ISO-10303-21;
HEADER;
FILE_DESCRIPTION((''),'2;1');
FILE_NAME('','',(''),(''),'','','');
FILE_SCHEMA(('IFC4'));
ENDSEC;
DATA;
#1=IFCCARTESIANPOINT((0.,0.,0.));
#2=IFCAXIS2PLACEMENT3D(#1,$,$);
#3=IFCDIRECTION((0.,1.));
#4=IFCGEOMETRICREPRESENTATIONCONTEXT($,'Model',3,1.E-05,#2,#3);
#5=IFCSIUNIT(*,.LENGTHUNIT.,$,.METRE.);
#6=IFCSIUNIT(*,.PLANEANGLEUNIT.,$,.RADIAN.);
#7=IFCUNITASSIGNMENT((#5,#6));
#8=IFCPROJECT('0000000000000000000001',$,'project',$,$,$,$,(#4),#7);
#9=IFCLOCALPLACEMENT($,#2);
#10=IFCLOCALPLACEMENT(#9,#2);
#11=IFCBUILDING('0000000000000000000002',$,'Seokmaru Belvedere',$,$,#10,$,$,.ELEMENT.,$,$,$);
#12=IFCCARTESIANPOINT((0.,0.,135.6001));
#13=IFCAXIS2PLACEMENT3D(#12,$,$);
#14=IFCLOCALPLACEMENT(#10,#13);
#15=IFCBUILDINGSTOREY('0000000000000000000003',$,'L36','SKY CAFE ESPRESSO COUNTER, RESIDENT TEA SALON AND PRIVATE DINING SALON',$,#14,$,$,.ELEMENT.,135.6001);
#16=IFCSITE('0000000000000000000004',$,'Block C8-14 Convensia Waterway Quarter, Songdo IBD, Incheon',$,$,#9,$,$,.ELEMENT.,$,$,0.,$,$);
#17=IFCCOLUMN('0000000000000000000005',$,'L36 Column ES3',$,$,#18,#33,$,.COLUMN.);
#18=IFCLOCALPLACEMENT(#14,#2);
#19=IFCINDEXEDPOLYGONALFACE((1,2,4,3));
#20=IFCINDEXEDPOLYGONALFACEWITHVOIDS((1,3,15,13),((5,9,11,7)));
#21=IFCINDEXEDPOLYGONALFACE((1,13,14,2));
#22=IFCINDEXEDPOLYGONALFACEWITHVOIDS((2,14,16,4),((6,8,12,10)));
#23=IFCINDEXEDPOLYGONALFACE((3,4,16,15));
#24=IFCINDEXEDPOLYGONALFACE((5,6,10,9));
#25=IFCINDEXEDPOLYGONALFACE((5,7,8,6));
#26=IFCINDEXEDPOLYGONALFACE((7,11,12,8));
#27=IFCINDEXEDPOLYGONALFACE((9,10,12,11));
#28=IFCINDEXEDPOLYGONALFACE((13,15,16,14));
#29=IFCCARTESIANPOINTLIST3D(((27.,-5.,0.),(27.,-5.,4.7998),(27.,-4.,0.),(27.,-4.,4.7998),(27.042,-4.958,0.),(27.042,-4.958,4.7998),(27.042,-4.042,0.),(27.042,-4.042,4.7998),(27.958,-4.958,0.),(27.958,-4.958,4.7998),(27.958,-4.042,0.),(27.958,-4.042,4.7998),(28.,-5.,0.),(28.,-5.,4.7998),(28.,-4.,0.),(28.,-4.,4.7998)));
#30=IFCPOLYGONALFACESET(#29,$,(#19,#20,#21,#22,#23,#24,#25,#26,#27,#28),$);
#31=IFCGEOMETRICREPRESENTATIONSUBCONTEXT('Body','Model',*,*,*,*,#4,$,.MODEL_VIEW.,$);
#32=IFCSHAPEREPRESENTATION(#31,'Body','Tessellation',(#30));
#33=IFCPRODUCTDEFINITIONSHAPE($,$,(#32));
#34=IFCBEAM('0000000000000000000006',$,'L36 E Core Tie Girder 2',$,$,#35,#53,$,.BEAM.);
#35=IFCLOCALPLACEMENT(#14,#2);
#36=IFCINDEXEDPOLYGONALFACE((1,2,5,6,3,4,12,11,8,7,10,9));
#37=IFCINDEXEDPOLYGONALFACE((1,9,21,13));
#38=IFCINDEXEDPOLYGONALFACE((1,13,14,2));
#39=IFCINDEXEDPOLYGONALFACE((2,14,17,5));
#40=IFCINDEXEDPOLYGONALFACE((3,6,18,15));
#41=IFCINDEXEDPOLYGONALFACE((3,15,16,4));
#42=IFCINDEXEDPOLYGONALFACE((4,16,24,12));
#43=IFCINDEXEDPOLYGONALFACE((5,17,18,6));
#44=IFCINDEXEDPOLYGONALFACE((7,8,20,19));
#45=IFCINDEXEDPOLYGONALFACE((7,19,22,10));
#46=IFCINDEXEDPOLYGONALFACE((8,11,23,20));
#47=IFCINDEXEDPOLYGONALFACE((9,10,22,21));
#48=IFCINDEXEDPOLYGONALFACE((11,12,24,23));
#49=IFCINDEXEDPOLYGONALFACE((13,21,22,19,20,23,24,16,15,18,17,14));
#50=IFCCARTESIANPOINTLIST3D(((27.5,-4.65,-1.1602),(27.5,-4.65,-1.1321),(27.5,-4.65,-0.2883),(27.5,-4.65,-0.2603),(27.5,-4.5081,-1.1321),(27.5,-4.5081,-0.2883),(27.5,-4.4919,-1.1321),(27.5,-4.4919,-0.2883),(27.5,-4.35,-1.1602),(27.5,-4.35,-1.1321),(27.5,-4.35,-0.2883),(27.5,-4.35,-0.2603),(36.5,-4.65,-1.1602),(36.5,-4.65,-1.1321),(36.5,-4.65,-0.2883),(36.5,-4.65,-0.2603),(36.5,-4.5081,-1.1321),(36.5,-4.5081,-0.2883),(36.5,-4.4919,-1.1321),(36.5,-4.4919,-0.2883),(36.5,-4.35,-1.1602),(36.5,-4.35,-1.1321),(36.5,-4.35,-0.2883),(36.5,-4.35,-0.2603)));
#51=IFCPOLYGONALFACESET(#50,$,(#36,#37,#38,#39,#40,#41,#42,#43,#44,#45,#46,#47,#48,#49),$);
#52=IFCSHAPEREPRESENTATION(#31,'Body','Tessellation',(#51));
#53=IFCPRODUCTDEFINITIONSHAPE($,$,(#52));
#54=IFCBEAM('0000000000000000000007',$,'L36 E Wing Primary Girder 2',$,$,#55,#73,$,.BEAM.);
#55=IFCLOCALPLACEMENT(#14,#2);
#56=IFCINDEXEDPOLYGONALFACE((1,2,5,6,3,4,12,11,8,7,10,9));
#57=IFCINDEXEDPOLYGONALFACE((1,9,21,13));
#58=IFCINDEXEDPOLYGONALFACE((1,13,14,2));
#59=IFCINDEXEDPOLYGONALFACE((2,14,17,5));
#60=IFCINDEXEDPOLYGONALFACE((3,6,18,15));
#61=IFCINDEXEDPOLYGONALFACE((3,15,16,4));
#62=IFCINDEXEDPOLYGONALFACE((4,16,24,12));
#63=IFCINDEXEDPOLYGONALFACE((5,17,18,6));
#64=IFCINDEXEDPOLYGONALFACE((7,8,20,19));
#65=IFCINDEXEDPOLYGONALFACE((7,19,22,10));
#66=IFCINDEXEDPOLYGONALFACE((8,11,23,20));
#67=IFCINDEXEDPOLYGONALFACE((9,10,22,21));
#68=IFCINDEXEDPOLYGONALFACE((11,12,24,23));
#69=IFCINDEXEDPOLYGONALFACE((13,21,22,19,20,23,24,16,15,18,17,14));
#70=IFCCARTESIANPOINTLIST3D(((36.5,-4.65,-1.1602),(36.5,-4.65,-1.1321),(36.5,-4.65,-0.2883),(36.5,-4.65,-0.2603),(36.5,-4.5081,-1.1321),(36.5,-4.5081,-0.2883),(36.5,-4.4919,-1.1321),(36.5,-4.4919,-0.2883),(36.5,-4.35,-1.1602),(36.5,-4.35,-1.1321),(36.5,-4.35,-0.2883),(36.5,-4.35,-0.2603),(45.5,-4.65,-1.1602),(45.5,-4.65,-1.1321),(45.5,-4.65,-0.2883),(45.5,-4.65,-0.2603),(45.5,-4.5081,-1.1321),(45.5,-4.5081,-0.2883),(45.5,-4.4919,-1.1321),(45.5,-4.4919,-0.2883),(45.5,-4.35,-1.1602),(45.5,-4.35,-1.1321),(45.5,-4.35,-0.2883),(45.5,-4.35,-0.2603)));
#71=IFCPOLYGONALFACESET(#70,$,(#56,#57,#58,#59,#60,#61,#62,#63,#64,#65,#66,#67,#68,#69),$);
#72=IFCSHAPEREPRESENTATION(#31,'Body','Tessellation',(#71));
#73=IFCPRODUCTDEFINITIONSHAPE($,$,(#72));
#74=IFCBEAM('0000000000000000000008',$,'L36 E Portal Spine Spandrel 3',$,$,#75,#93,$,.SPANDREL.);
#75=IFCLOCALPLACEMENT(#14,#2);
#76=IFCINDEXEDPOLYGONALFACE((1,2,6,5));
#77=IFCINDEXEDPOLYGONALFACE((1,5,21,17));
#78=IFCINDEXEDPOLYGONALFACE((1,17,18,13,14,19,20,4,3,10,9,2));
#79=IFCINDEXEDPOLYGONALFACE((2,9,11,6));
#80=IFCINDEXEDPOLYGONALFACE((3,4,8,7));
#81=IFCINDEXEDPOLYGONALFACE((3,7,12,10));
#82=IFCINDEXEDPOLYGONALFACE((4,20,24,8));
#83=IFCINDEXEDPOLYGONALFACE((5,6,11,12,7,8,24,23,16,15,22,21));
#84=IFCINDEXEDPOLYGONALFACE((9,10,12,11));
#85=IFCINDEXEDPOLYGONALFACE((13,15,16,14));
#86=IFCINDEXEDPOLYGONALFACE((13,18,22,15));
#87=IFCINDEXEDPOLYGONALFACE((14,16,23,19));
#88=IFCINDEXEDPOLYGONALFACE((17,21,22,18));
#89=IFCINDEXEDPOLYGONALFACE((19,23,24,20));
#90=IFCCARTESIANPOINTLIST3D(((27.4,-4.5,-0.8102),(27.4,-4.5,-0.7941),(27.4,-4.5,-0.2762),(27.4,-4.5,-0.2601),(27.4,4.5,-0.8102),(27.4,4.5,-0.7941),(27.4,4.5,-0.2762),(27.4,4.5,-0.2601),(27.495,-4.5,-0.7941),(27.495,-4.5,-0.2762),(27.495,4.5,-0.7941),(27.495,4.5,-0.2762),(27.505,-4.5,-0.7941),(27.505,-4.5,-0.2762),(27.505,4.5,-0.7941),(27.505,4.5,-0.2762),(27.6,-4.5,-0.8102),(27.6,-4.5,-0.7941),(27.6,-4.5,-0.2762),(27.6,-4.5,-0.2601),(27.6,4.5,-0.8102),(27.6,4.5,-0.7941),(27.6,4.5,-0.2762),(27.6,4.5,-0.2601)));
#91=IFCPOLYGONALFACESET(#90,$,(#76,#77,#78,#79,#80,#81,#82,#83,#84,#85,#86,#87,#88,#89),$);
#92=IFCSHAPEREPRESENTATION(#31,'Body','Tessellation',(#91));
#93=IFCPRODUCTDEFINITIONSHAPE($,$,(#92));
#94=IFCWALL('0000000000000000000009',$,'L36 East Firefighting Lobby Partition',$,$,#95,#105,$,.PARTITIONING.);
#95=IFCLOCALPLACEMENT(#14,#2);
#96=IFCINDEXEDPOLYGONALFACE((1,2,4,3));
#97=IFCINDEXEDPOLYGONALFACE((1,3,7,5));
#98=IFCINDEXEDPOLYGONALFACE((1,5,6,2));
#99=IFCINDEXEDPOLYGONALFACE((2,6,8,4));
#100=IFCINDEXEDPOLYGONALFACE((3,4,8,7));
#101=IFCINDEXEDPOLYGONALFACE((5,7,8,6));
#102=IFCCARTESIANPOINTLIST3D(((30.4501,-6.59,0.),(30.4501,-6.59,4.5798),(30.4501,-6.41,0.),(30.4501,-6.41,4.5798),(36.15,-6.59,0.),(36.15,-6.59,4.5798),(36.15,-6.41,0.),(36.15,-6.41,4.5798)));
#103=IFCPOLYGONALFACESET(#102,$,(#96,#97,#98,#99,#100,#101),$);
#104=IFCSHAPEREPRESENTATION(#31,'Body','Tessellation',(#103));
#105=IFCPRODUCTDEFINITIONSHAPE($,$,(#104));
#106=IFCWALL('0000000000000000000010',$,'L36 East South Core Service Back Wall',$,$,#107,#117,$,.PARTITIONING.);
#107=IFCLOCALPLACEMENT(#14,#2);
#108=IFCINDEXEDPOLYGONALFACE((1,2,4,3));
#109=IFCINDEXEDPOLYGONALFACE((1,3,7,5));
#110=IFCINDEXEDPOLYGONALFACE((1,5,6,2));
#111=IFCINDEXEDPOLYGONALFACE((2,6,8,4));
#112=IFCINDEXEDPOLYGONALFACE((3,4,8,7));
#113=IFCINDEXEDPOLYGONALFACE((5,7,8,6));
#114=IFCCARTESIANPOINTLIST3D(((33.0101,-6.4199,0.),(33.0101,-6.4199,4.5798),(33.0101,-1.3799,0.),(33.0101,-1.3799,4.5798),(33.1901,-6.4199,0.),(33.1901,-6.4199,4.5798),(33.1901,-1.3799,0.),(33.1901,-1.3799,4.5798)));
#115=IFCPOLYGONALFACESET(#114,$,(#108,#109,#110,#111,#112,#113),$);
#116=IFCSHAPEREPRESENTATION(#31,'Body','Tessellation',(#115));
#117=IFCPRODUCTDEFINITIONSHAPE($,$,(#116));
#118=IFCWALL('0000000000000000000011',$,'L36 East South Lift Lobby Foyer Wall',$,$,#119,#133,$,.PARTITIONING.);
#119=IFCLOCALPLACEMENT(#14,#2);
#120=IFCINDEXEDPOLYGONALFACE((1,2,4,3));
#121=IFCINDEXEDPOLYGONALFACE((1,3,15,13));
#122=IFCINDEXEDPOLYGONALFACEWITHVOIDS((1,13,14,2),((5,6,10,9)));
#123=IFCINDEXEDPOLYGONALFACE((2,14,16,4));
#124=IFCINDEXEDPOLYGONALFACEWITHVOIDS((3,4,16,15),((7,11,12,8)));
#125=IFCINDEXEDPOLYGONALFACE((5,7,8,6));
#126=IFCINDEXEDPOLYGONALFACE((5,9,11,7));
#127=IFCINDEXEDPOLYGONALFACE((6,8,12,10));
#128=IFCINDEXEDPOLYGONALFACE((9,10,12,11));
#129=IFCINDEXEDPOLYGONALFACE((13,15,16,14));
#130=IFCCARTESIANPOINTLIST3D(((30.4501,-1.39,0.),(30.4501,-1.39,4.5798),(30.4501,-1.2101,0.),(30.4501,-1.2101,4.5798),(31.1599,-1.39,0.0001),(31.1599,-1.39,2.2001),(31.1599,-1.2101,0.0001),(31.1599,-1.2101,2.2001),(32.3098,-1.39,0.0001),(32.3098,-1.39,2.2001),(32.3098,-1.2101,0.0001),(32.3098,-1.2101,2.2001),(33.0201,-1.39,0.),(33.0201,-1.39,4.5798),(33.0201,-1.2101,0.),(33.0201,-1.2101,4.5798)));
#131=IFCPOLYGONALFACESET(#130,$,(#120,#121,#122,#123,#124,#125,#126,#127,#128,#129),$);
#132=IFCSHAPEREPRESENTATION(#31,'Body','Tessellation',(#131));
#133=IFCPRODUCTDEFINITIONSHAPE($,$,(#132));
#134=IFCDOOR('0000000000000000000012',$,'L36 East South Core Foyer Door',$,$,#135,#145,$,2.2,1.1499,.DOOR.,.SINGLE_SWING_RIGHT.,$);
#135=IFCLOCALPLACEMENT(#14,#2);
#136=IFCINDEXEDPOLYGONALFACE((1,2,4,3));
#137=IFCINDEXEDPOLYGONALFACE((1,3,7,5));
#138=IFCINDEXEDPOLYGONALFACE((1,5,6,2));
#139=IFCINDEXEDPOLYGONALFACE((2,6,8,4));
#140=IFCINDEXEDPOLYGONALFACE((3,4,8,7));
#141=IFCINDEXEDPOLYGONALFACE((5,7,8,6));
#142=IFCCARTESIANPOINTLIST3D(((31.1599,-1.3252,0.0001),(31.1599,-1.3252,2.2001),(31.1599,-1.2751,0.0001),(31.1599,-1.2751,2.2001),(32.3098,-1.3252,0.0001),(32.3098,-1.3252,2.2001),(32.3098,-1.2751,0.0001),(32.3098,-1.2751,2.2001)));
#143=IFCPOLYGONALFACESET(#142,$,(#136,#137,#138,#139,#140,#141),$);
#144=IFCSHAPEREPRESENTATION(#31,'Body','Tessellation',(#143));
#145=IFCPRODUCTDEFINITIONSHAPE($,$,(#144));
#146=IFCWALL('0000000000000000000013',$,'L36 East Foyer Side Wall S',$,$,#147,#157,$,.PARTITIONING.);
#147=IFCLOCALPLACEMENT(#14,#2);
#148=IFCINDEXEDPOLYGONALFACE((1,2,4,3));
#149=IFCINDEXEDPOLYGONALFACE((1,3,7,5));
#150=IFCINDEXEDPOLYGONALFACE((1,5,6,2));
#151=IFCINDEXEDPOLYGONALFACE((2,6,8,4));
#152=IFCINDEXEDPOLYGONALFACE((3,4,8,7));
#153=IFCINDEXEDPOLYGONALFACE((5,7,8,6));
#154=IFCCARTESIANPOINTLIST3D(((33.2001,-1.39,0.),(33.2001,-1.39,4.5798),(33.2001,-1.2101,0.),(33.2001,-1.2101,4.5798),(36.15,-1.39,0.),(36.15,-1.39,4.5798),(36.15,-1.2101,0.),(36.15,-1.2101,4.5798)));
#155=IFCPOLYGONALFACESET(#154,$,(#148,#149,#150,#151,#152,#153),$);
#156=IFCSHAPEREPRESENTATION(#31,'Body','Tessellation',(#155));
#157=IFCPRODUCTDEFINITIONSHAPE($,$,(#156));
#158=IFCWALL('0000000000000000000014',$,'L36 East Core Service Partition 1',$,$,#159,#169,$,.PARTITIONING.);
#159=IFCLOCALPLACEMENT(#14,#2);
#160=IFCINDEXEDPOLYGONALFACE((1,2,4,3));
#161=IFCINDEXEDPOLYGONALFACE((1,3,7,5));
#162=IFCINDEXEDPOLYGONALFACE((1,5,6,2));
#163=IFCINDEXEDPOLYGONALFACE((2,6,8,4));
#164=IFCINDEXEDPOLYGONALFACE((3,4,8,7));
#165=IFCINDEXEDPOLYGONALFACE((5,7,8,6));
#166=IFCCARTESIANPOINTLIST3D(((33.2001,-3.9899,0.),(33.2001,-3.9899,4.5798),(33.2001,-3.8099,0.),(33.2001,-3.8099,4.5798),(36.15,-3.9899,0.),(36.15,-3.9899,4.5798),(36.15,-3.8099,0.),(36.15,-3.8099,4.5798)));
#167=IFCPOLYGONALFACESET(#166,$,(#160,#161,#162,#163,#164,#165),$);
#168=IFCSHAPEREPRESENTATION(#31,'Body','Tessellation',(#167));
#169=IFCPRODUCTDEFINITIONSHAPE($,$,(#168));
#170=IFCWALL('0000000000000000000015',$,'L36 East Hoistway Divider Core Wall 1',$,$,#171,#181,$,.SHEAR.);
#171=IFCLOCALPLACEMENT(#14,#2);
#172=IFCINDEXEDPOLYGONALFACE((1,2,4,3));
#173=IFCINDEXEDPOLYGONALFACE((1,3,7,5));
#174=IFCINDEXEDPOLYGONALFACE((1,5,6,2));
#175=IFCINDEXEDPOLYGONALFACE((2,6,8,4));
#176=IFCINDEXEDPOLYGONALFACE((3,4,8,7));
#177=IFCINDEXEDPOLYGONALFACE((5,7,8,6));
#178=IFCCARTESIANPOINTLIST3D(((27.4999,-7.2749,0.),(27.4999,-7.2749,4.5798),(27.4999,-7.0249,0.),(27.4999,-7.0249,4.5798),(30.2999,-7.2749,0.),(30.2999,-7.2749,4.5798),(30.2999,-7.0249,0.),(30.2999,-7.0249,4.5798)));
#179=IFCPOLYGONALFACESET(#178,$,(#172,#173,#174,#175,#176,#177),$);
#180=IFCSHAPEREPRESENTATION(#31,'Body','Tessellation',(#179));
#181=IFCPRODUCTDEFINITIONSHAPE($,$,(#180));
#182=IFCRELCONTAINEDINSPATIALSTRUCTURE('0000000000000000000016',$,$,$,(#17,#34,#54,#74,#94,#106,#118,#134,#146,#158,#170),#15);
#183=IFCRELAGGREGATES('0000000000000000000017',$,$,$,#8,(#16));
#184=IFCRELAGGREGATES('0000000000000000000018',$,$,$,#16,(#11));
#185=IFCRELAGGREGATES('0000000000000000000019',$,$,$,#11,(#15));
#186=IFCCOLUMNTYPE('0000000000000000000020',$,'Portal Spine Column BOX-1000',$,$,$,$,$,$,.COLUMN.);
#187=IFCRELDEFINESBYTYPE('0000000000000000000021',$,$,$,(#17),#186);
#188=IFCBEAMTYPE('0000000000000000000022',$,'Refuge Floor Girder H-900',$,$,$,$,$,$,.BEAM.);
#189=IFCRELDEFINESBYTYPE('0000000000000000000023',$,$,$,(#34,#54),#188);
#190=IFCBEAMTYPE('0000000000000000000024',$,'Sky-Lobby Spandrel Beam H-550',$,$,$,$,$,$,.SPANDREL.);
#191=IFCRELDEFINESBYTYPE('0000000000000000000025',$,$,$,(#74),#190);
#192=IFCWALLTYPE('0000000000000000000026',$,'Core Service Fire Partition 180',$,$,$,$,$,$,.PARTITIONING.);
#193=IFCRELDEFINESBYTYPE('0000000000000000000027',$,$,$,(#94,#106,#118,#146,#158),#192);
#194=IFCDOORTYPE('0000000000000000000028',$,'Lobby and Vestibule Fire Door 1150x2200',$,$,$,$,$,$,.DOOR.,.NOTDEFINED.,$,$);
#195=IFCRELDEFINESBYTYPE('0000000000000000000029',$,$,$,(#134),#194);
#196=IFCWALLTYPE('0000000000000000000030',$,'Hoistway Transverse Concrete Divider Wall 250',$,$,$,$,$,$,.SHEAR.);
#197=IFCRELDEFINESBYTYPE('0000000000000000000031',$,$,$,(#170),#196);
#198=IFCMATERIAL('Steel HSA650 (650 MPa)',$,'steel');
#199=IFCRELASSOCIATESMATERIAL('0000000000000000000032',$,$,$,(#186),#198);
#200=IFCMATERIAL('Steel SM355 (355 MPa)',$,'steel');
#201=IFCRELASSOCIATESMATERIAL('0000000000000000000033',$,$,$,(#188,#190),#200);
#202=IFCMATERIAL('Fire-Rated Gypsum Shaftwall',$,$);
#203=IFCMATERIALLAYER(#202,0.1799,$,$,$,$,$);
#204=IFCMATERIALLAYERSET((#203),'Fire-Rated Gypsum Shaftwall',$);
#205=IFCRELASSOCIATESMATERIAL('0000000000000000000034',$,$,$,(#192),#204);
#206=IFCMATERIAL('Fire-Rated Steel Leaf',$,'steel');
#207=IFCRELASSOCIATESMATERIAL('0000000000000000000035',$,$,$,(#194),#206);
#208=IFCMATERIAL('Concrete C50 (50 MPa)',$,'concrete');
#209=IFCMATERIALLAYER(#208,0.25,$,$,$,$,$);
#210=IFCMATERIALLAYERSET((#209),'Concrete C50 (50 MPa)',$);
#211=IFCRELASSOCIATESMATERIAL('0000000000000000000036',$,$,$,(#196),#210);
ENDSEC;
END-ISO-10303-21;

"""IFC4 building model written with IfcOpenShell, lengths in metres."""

from ifc_helpers import new_model, si_unit, direction, frame, frame_2d, origin, origin_2d, place, context, subcontext, project, spatial, rectangle, hollow_rectangle, i_section, extrude, source, transform, mapped, material, layer, layer_set, material_profile, profile_set, type_object, type_shapes, element, fill, save


model = new_model("IFC4")

# Units and contexts
model_context = context("Model", 3, precision=1e-05, world=origin(), true_north=direction((0.0, 1.0)))
body_context = subcontext(model_context, "Body", "Model", "MODEL_VIEW")
ifc_project = project(units=[si_unit("LENGTHUNIT", "METRE"), si_unit("PLANEANGLEUNIT", "RADIAN")], contexts=[model_context])

# Site, building, storey
site_placement = place(None, origin())
site = spatial("IfcSite", under=ifc_project, at=site_placement, Name="Block C8-14 Convensia Waterway Quarter, Songdo IBD, Incheon", CompositionType="ELEMENT", RefElevation=0.0)
building_placement = place(site_placement, origin())
building = spatial("IfcBuilding", under=site, at=building_placement, Name="Seokmaru Belvedere", CompositionType="ELEMENT")
storey_placement = place(building_placement, frame((0.0, 0.0, 135.6001)))
storey = spatial("IfcBuildingStorey", under=building, at=storey_placement, Name="L36", Description="SKY CAFE ESPRESSO COUNTER, RESIDENT TEA SALON AND PRIVATE DINING SALON", CompositionType="ELEMENT", Elevation=135.6001)

# Column
ifc_material_1 = material(Name="Steel HSA650 (650 MPa)", Category="steel")
ifc_material_profile_1 = material_profile(ifc_material_1, hollow_rectangle(XDim=1.0, YDim=1.0, WallThickness=0.042, at=origin_2d()), Name="BOX-1000x1000x42")
ifc_profile_set_1 = profile_set([ifc_material_profile_1], Name="Steel HSA650 (650 MPa)")
column_type = type_object("IfcColumnType", Name="Portal Spine Column BOX-1000", PredefinedType="COLUMN", material=ifc_profile_set_1)
shared_shape_1 = source(origin(), body_context, "Body", "SweptSolid", [
    extrude(hollow_rectangle(XDim=1.0, YDim=1.0, WallThickness=0.042, at=origin_2d()), origin(), (0.0, 0.0, 1.0), 4.7998),
])
type_shapes(column_type, [shared_shape_1])
column_placement = place(storey_placement, frame((27.5, -4.5, 0.0), z_axis=(0.0, 0.0, 1.0), x_axis=(1.0, 0.0, 0.0)))
element("IfcColumn", 1, at=column_placement, inside=storey, type_object=column_type, Name="L36 Column ES3", PredefinedType="COLUMN", context=body_context, shape_type="MappedRepresentation", body=[
    mapped(shared_shape_1, transform((0.0, 0.0, 0.0), scale=1.0)),
])

# Beams
ifc_material_2 = material(Name="Steel SM355 (355 MPa)", Category="steel")
ifc_material_profile_2 = material_profile(ifc_material_2, i_section(OverallWidth=0.3, OverallDepth=0.8999, WebThickness=0.0161, FlangeThickness=0.0281, at=origin_2d()), Name="H-900x300x16x28")
ifc_profile_set_2 = profile_set([ifc_material_profile_2], Name="Steel SM355 (355 MPa)")
beam_type_1 = type_object("IfcBeamType", Name="Refuge Floor Girder H-900", PredefinedType="BEAM", material=ifc_profile_set_2)
shared_shape_2 = source(origin(), body_context, "Body", "SweptSolid", [
    extrude(i_section(OverallWidth=0.3, OverallDepth=0.8999, WebThickness=0.0161, FlangeThickness=0.0281, at=origin_2d()), origin(), (0.0, 0.0, 1.0), 9.0),
])
type_shapes(beam_type_1, [shared_shape_2])
for number, where, z_axis, x_axis, name in (
    (2, (27.5, -4.5, -0.7102), (1.0, 0.0, 0.0), (0.0, 1.0, 0.0), "L36 E Core Tie Girder 2"),
    (3, (36.5, -4.5, -0.7102), (1.0, 0.0, 0.0), (0.0, 1.0, 0.0), "L36 E Wing Primary Girder 2"),
):
    element("IfcBeam", number, at=place(storey_placement, frame(where, z_axis=z_axis, x_axis=x_axis)), inside=storey, type_object=beam_type_1, Name=name, PredefinedType="BEAM", context=body_context, shape_type="MappedRepresentation", body=[
        mapped(shared_shape_2, transform((0.0, 0.0, 0.0), scale=1.0)),
    ])
ifc_material_profile_3 = material_profile(ifc_material_2, i_section(OverallWidth=0.2, OverallDepth=0.55, WebThickness=0.01, FlangeThickness=0.0161, at=origin_2d()), Name="H-550x200x10x16")
ifc_profile_set_3 = profile_set([ifc_material_profile_3], Name="Steel SM355 (355 MPa)")
beam_type_2 = type_object("IfcBeamType", Name="Sky-Lobby Spandrel Beam H-550", PredefinedType="SPANDREL", material=ifc_profile_set_3)
shared_shape_3 = source(origin(), body_context, "Body", "SweptSolid", [
    extrude(i_section(OverallWidth=0.2, OverallDepth=0.55, WebThickness=0.01, FlangeThickness=0.0161, at=origin_2d()), origin(), (0.0, 0.0, 1.0), 9.0),
])
type_shapes(beam_type_2, [shared_shape_3])
beam_placement = place(storey_placement, frame((27.5, -4.5, -0.5352), z_axis=(0.0, 1.0, 0.0), x_axis=(-1.0, 0.0, 0.0)))
element("IfcBeam", 4, at=beam_placement, inside=storey, type_object=beam_type_2, Name="L36 E Portal Spine Spandrel 3", PredefinedType="SPANDREL", context=body_context, shape_type="MappedRepresentation", body=[
    mapped(shared_shape_3, transform((0.0, 0.0, 0.0), scale=1.0)),
])

# Walls
ifc_material_3 = material(Name="Fire-Rated Gypsum Shaftwall")
ifc_layer_1 = layer(ifc_material_3, 0.1799)
ifc_layer_set_1 = layer_set([ifc_layer_1], Name="Fire-Rated Gypsum Shaftwall")
wall_type_1 = type_object("IfcWallType", Name="Core Service Fire Partition 180", PredefinedType="PARTITIONING", material=ifc_layer_set_1)
wall_1_placement = place(storey_placement, frame((30.45, -6.5, 0.0), z_axis=(0.0, 0.0, 1.0), x_axis=(1.0, 0.0, 0.0)))
element("IfcWall", 5, at=wall_1_placement, inside=storey, type_object=wall_type_1, Name="L36 East Firefighting Lobby Partition", PredefinedType="PARTITIONING", context=body_context, shape_type="SweptSolid", body=[
    extrude(rectangle(XDim=5.7, YDim=0.1799, at=frame_2d((2.8501, 0.0))), origin(), (0.0, 0.0, 1.0), 4.5798),
])
wall_2_placement = place(storey_placement, frame((33.1001, -6.4199, 0.0), z_axis=(0.0, 0.0, 1.0), x_axis=(0.0, 1.0, 0.0)))
element("IfcWall", 6, at=wall_2_placement, inside=storey, type_object=wall_type_1, Name="L36 East South Core Service Back Wall", PredefinedType="PARTITIONING", context=body_context, shape_type="SweptSolid", body=[
    extrude(rectangle(XDim=5.04, YDim=0.1799, at=frame_2d((2.52, 0.0))), origin(), (0.0, 0.0, 1.0), 4.5798),
])

# Wall, opening, door
wall_3_placement = place(storey_placement, frame((30.45, -1.3, 0.0), z_axis=(0.0, 0.0, 1.0), x_axis=(1.0, 0.0, 0.0)))
wall_3 = element("IfcWall", 7, at=wall_3_placement, inside=storey, type_object=wall_type_1, Name="L36 East South Lift Lobby Foyer Wall", PredefinedType="PARTITIONING", context=body_context, shape_type="SweptSolid", body=[
    extrude(rectangle(XDim=2.5701, YDim=0.1799, at=frame_2d((1.2852, 0.0))), origin(), (0.0, 0.0, 1.0), 4.5798),
])
opening_1_placement = place(wall_3_placement, frame((0.71, 0.0, 0.0)))
opening_1 = element("IfcOpeningElement", 8, at=opening_1_placement, cuts=wall_3, PredefinedType="OPENING", context=body_context, shape_type="SweptSolid", body=[
    extrude(rectangle(XDim=1.1499, YDim=2.2, at=frame_2d((0.575, 1.1001))), frame((0.0, 0.1001, 0.0), z_axis=(0.0, -1.0, 0.0), x_axis=(1.0, 0.0, 0.0)), (0.0, 0.0, 1.0), 0.2),
])
ifc_material_4 = material(Name="Fire-Rated Steel Leaf", Category="steel")
door_type_1 = type_object("IfcDoorType", Name="Lobby and Vestibule Fire Door 1150x2200", OperationType="NOTDEFINED", PredefinedType="DOOR", material=ifc_material_4)
shared_shape_4 = source(origin(), body_context, "Body", "SweptSolid", [
    extrude(rectangle(XDim=1.1499, YDim=2.2, at=frame_2d((0.575, 1.1001))), frame((0.0, 0.0249, 0.0), z_axis=(0.0, -1.0, 0.0), x_axis=(1.0, 0.0, 0.0)), (0.0, 0.0, 1.0), 0.05),
])
type_shapes(door_type_1, [shared_shape_4])
door_1_placement = place(opening_1_placement, origin())
door_1 = element("IfcDoor", 9, at=door_1_placement, inside=storey, type_object=door_type_1, Name="L36 East South Core Foyer Door", OperationType="SINGLE_SWING_RIGHT", OverallHeight=2.2, OverallWidth=1.1499, PredefinedType="DOOR", context=body_context, shape_type="MappedRepresentation", body=[
    mapped(shared_shape_4, transform((0.0, 0.0, 0.0), scale=1.0)),
])
fill(opening_1, door_1)

# Walls
for number, where, z_axis, x_axis, name in (
    (10, (33.2, -1.3, 0.0), (0.0, 0.0, 1.0), (1.0, 0.0, 0.0), "L36 East Foyer Side Wall S"),
    (11, (33.2, -3.8999, 0.0), (0.0, 0.0, 1.0), (1.0, 0.0, 0.0), "L36 East Core Service Partition 1"),
):
    element("IfcWall", number, at=place(storey_placement, frame(where, z_axis=z_axis, x_axis=x_axis)), inside=storey, type_object=wall_type_1, Name=name, PredefinedType="PARTITIONING", context=body_context, shape_type="SweptSolid", body=[
        extrude(rectangle(XDim=2.95, YDim=0.1799, at=frame_2d((1.4751, 0.0))), origin(), (0.0, 0.0, 1.0), 4.5798),
    ])
ifc_material_5 = material(Name="Concrete C50 (50 MPa)", Category="concrete")
ifc_layer_2 = layer(ifc_material_5, 0.25)
ifc_layer_set_2 = layer_set([ifc_layer_2], Name="Concrete C50 (50 MPa)")
wall_type_2 = type_object("IfcWallType", Name="Hoistway Transverse Concrete Divider Wall 250", PredefinedType="SHEAR", material=ifc_layer_set_2)
for number, where, z_axis, x_axis, name in (
    (12, (27.5, -7.1499, 0.0), (0.0, 0.0, 1.0), (1.0, 0.0, 0.0), "L36 East Hoistway Divider Core Wall 1"),
):
    element("IfcWall", number, at=place(storey_placement, frame(where, z_axis=z_axis, x_axis=x_axis)), inside=storey, type_object=wall_type_2, Name=name, PredefinedType="SHEAR", context=body_context, shape_type="SweptSolid", body=[
        extrude(rectangle(XDim=2.8, YDim=0.25, at=frame_2d((1.3999, 0.0))), origin(), (0.0, 0.0, 1.0), 4.5798),
    ])

save(model, "model.ifc")
